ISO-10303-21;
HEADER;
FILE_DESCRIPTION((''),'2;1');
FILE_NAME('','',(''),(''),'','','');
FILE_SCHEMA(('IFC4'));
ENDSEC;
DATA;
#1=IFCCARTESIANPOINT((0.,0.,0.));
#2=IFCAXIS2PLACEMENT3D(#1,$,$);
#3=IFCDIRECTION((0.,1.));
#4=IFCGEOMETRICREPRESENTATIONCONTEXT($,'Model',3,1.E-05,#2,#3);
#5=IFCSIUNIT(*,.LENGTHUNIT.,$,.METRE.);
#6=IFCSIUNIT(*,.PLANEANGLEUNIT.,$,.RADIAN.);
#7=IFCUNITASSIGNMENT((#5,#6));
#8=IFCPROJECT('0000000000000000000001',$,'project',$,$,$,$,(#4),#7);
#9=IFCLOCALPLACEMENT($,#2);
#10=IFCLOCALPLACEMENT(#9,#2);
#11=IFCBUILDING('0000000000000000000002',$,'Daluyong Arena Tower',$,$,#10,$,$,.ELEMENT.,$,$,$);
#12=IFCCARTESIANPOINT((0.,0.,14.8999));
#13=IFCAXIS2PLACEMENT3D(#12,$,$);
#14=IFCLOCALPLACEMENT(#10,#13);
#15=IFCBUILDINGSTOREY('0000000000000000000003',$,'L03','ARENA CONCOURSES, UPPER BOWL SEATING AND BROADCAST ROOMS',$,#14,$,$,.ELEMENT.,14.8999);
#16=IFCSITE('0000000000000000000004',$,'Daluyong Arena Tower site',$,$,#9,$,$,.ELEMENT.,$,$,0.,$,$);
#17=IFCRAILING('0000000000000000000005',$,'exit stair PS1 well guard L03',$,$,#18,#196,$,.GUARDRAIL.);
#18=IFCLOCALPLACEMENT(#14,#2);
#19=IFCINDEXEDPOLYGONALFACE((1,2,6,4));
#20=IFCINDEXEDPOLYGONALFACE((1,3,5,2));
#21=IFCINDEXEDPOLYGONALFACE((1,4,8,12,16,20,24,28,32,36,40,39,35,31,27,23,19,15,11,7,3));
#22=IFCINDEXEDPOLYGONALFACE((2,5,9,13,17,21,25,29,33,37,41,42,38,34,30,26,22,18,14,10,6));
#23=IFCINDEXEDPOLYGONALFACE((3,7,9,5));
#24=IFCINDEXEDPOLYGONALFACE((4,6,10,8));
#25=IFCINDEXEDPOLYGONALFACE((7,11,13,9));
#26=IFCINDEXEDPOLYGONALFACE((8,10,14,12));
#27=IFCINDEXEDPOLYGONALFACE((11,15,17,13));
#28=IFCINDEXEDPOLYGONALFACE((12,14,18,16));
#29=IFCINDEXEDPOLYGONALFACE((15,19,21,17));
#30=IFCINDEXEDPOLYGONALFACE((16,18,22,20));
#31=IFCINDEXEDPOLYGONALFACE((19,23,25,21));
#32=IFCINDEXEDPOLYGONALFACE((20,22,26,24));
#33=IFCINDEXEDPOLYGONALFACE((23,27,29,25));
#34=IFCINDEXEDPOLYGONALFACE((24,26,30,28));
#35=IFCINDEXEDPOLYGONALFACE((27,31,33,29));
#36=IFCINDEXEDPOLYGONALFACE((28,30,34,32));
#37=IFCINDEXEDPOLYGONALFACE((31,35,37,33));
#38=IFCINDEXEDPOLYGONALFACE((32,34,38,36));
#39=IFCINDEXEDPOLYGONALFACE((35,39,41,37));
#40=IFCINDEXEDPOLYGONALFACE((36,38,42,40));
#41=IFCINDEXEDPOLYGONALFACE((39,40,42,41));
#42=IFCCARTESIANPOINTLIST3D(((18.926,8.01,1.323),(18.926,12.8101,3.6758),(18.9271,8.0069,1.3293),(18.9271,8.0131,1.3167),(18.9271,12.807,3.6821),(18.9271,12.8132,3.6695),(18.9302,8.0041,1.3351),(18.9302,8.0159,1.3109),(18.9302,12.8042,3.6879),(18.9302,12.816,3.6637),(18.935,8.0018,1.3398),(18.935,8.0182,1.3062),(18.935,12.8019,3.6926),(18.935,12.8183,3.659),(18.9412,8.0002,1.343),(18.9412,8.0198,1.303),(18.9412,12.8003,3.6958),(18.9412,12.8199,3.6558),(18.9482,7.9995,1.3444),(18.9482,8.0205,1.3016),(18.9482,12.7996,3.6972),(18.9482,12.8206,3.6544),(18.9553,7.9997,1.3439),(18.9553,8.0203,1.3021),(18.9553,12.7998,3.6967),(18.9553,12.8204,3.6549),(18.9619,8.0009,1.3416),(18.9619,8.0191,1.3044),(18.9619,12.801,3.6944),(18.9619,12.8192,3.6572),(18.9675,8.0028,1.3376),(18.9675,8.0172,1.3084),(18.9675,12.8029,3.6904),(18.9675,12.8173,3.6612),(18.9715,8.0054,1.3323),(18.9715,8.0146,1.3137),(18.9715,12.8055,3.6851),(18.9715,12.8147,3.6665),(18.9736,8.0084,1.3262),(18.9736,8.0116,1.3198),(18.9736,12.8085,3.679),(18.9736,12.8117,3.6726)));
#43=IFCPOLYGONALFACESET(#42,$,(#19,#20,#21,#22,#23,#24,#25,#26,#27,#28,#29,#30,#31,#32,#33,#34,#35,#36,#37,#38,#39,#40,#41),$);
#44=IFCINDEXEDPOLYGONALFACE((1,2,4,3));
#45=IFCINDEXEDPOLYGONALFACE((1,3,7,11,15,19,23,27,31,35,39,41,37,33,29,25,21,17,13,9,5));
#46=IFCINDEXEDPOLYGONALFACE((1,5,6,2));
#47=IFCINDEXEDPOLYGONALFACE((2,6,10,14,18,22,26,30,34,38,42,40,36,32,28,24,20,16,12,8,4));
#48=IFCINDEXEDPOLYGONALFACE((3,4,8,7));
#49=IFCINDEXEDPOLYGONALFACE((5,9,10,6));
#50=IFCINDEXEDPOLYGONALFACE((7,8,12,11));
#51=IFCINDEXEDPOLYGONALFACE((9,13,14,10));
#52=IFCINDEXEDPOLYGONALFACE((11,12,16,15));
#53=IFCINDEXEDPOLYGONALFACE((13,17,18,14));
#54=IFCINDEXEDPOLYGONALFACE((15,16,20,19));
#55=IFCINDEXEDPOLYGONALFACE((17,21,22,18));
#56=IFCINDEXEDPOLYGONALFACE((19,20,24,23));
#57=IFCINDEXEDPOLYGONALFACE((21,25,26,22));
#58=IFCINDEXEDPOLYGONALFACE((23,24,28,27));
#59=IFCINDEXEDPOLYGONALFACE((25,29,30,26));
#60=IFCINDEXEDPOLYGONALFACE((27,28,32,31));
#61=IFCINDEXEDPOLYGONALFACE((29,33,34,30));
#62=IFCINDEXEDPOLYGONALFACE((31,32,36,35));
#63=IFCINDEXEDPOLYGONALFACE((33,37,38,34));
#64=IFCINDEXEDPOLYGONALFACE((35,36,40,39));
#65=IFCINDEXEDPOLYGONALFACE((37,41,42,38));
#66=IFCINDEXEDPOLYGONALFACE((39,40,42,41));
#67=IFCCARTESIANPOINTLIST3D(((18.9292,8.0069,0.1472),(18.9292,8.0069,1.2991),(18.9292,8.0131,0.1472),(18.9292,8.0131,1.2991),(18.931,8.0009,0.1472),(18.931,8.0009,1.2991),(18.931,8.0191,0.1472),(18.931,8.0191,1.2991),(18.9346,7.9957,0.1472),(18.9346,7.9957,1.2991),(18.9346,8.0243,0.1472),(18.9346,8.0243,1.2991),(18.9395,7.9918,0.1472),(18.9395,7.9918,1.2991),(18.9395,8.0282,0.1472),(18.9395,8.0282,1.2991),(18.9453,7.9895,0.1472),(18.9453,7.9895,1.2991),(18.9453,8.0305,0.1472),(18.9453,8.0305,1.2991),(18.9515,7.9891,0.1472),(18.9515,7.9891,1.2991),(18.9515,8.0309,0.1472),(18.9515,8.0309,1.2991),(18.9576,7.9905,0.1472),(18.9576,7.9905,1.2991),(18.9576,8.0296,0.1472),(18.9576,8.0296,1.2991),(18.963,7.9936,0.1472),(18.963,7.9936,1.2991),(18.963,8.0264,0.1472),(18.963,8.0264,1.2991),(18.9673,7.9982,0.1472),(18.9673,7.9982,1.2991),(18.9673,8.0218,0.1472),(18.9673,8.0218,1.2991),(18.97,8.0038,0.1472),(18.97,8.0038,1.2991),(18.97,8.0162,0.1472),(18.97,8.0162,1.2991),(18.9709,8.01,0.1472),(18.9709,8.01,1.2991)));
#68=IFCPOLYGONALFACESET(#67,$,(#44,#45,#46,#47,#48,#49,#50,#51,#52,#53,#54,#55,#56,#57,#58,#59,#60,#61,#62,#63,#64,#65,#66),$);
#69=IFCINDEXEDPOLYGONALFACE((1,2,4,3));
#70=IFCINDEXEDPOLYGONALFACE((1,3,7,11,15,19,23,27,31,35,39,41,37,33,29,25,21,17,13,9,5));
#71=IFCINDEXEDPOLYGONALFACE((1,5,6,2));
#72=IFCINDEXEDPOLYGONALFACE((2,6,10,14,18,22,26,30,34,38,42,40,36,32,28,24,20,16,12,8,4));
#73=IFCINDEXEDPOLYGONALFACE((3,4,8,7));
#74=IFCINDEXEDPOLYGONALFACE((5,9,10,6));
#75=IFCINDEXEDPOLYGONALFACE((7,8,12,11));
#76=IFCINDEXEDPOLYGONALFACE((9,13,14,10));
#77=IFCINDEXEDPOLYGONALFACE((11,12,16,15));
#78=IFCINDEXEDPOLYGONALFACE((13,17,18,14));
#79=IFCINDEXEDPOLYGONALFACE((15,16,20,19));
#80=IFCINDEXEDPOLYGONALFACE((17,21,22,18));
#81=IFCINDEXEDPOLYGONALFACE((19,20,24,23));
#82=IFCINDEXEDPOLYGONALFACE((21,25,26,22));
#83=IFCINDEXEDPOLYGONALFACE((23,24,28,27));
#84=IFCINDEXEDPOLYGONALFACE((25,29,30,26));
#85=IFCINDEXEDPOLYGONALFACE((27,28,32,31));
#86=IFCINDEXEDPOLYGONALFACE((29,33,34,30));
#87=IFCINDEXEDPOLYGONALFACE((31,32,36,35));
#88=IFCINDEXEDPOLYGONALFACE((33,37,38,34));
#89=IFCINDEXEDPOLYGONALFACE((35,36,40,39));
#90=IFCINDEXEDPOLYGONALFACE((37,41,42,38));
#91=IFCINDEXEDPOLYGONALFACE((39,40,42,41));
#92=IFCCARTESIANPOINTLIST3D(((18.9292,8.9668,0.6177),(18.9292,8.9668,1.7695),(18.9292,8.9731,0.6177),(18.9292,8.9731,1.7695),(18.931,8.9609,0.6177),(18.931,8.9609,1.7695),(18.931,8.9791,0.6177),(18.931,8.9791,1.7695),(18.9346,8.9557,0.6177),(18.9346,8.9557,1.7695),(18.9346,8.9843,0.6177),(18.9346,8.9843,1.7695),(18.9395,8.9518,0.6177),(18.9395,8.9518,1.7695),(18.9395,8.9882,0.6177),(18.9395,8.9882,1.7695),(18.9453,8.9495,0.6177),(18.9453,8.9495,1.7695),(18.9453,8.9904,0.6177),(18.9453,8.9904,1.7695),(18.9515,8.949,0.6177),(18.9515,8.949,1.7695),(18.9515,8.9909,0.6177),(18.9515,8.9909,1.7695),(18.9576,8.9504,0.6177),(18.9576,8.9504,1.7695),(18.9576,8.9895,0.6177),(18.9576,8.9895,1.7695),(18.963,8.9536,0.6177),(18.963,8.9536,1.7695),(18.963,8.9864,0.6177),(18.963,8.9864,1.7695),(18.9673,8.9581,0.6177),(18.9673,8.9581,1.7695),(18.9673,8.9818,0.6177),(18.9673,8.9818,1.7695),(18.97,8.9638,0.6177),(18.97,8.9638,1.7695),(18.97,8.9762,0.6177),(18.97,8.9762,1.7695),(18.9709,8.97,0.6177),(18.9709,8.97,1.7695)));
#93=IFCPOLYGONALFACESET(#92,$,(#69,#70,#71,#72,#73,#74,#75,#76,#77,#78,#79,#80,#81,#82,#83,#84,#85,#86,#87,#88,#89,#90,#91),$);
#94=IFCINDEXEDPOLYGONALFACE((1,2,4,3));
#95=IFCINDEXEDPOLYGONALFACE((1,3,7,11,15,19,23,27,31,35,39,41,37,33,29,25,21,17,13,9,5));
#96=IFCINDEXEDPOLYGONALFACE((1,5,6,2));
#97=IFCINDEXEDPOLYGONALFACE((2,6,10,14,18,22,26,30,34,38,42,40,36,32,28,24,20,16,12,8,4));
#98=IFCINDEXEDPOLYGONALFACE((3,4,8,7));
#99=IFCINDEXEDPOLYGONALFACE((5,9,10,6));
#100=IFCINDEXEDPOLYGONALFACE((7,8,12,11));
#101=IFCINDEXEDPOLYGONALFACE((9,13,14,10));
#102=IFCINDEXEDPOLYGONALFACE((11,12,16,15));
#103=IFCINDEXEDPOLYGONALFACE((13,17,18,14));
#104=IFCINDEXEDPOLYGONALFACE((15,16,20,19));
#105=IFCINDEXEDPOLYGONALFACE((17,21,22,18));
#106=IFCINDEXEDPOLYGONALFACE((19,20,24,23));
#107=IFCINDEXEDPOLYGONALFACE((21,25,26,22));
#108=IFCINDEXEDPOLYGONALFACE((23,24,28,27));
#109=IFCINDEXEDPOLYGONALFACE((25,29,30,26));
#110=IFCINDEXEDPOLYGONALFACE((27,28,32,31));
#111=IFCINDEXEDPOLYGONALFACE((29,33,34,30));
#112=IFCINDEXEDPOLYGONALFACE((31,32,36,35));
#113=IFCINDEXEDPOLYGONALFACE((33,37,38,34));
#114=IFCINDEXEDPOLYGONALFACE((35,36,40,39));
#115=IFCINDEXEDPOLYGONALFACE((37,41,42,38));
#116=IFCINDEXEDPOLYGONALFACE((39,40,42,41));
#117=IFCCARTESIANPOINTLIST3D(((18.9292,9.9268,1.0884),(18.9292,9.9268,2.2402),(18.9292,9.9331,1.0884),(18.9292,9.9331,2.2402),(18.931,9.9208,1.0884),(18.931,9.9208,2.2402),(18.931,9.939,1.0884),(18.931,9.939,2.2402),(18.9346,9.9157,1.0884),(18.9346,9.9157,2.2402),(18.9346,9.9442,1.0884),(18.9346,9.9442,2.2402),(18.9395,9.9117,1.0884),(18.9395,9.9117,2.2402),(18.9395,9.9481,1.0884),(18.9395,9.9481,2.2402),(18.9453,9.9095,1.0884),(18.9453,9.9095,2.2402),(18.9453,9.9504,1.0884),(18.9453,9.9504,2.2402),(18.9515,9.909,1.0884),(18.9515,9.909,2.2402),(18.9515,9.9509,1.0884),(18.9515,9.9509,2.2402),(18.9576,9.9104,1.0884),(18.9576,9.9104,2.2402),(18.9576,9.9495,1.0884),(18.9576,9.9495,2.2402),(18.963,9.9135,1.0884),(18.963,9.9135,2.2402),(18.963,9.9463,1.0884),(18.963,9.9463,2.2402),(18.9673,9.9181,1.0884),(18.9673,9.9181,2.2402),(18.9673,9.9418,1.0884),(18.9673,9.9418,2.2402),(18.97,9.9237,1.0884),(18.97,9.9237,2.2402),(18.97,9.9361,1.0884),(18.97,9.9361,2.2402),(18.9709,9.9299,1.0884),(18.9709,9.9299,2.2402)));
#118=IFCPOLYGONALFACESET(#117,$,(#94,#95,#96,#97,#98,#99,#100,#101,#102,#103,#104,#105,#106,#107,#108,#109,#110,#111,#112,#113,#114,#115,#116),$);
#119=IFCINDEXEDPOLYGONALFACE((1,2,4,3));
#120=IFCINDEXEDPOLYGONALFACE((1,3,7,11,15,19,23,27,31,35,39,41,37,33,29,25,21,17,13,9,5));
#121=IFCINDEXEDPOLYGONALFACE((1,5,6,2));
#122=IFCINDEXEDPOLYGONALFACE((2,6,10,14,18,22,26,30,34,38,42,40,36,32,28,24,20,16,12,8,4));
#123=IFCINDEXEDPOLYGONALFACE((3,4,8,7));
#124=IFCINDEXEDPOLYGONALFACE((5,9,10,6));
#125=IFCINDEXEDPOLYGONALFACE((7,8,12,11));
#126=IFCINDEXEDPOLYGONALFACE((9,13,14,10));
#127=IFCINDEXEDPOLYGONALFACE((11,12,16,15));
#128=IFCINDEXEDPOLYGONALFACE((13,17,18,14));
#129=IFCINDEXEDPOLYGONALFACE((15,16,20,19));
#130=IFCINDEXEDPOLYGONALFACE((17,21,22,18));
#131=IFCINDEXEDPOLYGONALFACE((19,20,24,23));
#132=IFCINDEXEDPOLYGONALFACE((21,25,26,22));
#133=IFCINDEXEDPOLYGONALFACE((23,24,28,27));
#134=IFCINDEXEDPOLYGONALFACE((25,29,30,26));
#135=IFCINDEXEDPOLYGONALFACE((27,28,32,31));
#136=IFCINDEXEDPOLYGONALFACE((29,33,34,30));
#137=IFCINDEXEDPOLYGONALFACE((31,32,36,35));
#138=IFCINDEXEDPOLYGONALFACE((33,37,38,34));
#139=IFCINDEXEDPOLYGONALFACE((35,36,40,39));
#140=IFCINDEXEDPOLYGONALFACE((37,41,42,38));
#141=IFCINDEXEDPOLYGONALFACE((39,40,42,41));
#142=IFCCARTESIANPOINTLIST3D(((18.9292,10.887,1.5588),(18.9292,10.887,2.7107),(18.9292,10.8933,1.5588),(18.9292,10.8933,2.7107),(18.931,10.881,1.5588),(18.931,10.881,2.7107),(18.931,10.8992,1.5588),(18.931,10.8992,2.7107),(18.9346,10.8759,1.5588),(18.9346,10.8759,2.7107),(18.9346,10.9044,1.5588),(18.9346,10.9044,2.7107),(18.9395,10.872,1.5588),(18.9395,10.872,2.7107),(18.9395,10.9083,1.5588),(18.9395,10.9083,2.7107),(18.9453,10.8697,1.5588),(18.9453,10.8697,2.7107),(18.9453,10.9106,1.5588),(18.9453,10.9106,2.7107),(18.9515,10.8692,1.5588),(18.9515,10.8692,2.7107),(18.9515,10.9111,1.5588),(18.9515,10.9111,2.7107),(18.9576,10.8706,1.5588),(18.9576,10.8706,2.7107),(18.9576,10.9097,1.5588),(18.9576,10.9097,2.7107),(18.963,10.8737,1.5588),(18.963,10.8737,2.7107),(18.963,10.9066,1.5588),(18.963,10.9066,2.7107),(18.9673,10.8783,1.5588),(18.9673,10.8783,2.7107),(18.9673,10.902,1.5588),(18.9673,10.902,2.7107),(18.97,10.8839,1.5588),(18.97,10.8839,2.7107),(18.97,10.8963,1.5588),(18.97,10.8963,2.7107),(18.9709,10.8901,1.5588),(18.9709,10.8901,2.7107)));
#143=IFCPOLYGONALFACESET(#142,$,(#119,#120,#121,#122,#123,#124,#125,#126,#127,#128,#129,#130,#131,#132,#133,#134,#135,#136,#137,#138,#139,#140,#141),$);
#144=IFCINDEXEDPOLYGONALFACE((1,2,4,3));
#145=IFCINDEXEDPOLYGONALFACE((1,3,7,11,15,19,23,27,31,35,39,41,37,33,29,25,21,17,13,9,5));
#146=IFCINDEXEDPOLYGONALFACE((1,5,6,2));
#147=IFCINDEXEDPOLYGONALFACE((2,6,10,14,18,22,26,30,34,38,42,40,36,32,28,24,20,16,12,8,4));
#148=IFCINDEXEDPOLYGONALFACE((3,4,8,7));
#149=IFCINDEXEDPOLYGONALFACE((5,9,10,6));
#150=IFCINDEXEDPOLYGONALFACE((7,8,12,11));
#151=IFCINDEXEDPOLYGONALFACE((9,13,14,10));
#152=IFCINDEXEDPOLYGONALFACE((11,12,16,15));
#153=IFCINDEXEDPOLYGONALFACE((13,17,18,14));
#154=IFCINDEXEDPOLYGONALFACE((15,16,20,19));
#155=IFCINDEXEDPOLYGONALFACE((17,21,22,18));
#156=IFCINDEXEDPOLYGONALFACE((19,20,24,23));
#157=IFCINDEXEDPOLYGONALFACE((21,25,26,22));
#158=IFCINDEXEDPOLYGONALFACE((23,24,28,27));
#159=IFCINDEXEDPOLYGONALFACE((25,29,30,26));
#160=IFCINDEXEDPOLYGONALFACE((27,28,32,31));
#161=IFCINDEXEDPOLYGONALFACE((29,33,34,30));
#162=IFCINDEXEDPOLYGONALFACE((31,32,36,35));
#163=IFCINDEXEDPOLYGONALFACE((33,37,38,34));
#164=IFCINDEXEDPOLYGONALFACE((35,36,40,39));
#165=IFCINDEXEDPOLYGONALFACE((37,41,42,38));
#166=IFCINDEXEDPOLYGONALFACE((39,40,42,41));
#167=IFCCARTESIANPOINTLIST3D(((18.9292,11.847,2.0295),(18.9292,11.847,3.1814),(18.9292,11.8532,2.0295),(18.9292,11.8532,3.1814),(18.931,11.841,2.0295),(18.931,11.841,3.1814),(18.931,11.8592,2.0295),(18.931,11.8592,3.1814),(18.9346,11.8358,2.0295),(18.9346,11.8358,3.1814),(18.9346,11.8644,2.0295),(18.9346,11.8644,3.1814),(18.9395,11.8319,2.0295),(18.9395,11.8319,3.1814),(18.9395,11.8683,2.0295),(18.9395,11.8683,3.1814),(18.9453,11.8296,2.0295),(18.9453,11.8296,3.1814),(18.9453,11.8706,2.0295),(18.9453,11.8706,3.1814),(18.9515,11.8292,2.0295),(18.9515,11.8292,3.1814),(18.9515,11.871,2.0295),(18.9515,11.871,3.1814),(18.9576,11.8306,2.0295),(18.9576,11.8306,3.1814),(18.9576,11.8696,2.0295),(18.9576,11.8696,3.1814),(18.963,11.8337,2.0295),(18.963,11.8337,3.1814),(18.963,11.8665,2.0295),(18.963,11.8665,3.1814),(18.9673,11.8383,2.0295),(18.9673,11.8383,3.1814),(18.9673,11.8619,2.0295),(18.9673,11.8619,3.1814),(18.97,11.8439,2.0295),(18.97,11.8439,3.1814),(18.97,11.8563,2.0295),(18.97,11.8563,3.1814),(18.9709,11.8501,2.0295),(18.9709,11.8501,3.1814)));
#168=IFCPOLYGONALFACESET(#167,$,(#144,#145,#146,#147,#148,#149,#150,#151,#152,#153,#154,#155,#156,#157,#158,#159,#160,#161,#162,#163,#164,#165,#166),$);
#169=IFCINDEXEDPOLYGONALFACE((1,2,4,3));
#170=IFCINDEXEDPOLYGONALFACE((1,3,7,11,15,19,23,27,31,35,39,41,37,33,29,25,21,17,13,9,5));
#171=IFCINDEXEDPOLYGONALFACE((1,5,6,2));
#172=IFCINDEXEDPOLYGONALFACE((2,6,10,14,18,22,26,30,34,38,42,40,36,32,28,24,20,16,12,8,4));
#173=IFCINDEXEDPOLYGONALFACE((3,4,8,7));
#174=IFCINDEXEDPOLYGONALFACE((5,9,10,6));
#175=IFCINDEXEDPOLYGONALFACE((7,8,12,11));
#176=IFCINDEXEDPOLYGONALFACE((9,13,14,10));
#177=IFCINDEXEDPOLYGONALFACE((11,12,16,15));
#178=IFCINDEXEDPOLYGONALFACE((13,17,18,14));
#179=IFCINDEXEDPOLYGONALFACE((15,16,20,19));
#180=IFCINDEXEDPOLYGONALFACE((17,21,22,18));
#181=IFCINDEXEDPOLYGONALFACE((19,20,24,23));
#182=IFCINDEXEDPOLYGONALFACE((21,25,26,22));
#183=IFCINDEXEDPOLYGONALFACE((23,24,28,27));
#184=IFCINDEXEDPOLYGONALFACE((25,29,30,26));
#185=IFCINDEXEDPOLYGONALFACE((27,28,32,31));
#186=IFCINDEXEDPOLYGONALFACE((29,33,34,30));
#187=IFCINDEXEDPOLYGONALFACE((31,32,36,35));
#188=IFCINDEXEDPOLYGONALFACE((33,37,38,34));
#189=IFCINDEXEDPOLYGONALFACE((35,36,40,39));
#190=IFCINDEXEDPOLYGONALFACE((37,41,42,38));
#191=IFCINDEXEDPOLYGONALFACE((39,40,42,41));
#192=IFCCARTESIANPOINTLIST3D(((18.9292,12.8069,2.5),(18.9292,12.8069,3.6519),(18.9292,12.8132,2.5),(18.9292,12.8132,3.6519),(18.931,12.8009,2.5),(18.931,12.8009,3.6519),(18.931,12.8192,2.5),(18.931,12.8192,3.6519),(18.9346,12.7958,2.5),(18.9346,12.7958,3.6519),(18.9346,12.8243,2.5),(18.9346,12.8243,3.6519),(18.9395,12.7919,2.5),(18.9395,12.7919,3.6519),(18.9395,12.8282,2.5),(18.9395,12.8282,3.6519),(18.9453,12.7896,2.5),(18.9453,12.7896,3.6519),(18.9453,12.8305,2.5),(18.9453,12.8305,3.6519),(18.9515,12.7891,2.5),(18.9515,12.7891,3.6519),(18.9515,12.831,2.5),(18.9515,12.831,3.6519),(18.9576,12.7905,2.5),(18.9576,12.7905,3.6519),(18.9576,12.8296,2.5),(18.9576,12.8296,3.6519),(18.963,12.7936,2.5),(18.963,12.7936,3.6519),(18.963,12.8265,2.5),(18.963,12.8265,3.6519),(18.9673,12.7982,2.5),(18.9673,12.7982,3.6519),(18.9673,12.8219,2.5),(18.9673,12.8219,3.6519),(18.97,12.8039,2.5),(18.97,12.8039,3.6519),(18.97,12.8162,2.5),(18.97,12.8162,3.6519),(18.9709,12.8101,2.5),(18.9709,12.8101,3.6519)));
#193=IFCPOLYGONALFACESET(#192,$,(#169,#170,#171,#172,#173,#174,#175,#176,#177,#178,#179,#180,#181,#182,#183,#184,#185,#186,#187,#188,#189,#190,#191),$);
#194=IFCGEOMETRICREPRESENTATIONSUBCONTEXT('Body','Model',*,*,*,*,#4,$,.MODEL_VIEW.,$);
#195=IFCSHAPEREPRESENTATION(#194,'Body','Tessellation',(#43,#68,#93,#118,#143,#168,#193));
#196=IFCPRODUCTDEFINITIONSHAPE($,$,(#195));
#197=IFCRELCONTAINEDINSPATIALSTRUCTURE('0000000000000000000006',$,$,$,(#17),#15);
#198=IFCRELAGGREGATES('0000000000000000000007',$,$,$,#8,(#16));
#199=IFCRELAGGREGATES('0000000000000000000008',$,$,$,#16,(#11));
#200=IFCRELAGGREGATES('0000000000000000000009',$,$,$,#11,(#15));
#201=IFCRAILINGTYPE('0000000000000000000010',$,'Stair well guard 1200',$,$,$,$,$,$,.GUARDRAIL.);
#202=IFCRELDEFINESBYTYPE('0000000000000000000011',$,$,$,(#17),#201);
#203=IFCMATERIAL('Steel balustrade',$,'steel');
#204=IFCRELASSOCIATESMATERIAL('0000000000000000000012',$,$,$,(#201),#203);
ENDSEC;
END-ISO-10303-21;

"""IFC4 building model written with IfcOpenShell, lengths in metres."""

from ifc_helpers import new_model, si_unit, direction, frame, origin, origin_2d, place, context, subcontext, project, spatial, circle, extrude, material, type_object, element, save


model = new_model("IFC4")

# Units and contexts
model_context = context("Model", 3, precision=1e-05, world=origin(), true_north=direction((0.0, 1.0)))
body_context = subcontext(model_context, "Body", "Model", "MODEL_VIEW")
ifc_project = project(units=[si_unit("LENGTHUNIT", "METRE"), si_unit("PLANEANGLEUNIT", "RADIAN")], contexts=[model_context])

# Site, building, storey
site_placement = place(None, origin())
site = spatial("IfcSite", under=ifc_project, at=site_placement, Name="Daluyong Arena Tower site", CompositionType="ELEMENT", RefElevation=0.0)
building_placement = place(site_placement, origin())
building = spatial("IfcBuilding", under=site, at=building_placement, Name="Daluyong Arena Tower", CompositionType="ELEMENT")
storey_placement = place(building_placement, frame((0.0, 0.0, 14.8999)))
storey = spatial("IfcBuildingStorey", under=building, at=storey_placement, Name="L03", Description="ARENA CONCOURSES, UPPER BOWL SEATING AND BROADCAST ROOMS", CompositionType="ELEMENT", Elevation=14.8999)

# Railing
ifc_material_1 = material(Name="Steel balustrade", Category="steel")
railing_type_1 = type_object("IfcRailingType", Name="Stair well guard 1200", PredefinedType="GUARDRAIL", material=ifc_material_1)
railing_1_placement = place(storey_placement, frame((18.95, 8.01, 0.1472)))
element("IfcRailing", 1, at=railing_1_placement, inside=storey, type_object=railing_type_1, Name="exit stair PS1 well guard L03", PredefinedType="GUARDRAIL", context=body_context, shape_type="SweptSolid", body=[
    extrude(circle(Radius=0.0239, at=origin_2d()), frame((0.0, 0.0, 1.1758), z_axis=(0.0, 0.897934, 0.44013), x_axis=(-1.0, 0.0, 0.0)), (0.0, 0.0, 1.0), 5.3457),
    extrude(circle(Radius=0.021, at=origin_2d()), origin(), (0.0, 0.0, 1.0), 1.1519),
    extrude(circle(Radius=0.021, at=origin_2d()), frame((0.0, 0.96, 0.4705)), (0.0, 0.0, 1.0), 1.1519),
    extrude(circle(Radius=0.021, at=origin_2d()), frame((0.0, 1.9199, 0.9412)), (0.0, 0.0, 1.0), 1.1519),
    extrude(circle(Radius=0.021, at=origin_2d()), frame((0.0, 2.8801, 1.4116)), (0.0, 0.0, 1.0), 1.1519),
    extrude(circle(Radius=0.021, at=origin_2d()), frame((0.0, 3.8401, 1.8823)), (0.0, 0.0, 1.0), 1.1519),
    extrude(circle(Radius=0.021, at=origin_2d()), frame((0.0, 4.8, 2.3528)), (0.0, 0.0, 1.0), 1.1519),
])

save(model, "model.ifc")
